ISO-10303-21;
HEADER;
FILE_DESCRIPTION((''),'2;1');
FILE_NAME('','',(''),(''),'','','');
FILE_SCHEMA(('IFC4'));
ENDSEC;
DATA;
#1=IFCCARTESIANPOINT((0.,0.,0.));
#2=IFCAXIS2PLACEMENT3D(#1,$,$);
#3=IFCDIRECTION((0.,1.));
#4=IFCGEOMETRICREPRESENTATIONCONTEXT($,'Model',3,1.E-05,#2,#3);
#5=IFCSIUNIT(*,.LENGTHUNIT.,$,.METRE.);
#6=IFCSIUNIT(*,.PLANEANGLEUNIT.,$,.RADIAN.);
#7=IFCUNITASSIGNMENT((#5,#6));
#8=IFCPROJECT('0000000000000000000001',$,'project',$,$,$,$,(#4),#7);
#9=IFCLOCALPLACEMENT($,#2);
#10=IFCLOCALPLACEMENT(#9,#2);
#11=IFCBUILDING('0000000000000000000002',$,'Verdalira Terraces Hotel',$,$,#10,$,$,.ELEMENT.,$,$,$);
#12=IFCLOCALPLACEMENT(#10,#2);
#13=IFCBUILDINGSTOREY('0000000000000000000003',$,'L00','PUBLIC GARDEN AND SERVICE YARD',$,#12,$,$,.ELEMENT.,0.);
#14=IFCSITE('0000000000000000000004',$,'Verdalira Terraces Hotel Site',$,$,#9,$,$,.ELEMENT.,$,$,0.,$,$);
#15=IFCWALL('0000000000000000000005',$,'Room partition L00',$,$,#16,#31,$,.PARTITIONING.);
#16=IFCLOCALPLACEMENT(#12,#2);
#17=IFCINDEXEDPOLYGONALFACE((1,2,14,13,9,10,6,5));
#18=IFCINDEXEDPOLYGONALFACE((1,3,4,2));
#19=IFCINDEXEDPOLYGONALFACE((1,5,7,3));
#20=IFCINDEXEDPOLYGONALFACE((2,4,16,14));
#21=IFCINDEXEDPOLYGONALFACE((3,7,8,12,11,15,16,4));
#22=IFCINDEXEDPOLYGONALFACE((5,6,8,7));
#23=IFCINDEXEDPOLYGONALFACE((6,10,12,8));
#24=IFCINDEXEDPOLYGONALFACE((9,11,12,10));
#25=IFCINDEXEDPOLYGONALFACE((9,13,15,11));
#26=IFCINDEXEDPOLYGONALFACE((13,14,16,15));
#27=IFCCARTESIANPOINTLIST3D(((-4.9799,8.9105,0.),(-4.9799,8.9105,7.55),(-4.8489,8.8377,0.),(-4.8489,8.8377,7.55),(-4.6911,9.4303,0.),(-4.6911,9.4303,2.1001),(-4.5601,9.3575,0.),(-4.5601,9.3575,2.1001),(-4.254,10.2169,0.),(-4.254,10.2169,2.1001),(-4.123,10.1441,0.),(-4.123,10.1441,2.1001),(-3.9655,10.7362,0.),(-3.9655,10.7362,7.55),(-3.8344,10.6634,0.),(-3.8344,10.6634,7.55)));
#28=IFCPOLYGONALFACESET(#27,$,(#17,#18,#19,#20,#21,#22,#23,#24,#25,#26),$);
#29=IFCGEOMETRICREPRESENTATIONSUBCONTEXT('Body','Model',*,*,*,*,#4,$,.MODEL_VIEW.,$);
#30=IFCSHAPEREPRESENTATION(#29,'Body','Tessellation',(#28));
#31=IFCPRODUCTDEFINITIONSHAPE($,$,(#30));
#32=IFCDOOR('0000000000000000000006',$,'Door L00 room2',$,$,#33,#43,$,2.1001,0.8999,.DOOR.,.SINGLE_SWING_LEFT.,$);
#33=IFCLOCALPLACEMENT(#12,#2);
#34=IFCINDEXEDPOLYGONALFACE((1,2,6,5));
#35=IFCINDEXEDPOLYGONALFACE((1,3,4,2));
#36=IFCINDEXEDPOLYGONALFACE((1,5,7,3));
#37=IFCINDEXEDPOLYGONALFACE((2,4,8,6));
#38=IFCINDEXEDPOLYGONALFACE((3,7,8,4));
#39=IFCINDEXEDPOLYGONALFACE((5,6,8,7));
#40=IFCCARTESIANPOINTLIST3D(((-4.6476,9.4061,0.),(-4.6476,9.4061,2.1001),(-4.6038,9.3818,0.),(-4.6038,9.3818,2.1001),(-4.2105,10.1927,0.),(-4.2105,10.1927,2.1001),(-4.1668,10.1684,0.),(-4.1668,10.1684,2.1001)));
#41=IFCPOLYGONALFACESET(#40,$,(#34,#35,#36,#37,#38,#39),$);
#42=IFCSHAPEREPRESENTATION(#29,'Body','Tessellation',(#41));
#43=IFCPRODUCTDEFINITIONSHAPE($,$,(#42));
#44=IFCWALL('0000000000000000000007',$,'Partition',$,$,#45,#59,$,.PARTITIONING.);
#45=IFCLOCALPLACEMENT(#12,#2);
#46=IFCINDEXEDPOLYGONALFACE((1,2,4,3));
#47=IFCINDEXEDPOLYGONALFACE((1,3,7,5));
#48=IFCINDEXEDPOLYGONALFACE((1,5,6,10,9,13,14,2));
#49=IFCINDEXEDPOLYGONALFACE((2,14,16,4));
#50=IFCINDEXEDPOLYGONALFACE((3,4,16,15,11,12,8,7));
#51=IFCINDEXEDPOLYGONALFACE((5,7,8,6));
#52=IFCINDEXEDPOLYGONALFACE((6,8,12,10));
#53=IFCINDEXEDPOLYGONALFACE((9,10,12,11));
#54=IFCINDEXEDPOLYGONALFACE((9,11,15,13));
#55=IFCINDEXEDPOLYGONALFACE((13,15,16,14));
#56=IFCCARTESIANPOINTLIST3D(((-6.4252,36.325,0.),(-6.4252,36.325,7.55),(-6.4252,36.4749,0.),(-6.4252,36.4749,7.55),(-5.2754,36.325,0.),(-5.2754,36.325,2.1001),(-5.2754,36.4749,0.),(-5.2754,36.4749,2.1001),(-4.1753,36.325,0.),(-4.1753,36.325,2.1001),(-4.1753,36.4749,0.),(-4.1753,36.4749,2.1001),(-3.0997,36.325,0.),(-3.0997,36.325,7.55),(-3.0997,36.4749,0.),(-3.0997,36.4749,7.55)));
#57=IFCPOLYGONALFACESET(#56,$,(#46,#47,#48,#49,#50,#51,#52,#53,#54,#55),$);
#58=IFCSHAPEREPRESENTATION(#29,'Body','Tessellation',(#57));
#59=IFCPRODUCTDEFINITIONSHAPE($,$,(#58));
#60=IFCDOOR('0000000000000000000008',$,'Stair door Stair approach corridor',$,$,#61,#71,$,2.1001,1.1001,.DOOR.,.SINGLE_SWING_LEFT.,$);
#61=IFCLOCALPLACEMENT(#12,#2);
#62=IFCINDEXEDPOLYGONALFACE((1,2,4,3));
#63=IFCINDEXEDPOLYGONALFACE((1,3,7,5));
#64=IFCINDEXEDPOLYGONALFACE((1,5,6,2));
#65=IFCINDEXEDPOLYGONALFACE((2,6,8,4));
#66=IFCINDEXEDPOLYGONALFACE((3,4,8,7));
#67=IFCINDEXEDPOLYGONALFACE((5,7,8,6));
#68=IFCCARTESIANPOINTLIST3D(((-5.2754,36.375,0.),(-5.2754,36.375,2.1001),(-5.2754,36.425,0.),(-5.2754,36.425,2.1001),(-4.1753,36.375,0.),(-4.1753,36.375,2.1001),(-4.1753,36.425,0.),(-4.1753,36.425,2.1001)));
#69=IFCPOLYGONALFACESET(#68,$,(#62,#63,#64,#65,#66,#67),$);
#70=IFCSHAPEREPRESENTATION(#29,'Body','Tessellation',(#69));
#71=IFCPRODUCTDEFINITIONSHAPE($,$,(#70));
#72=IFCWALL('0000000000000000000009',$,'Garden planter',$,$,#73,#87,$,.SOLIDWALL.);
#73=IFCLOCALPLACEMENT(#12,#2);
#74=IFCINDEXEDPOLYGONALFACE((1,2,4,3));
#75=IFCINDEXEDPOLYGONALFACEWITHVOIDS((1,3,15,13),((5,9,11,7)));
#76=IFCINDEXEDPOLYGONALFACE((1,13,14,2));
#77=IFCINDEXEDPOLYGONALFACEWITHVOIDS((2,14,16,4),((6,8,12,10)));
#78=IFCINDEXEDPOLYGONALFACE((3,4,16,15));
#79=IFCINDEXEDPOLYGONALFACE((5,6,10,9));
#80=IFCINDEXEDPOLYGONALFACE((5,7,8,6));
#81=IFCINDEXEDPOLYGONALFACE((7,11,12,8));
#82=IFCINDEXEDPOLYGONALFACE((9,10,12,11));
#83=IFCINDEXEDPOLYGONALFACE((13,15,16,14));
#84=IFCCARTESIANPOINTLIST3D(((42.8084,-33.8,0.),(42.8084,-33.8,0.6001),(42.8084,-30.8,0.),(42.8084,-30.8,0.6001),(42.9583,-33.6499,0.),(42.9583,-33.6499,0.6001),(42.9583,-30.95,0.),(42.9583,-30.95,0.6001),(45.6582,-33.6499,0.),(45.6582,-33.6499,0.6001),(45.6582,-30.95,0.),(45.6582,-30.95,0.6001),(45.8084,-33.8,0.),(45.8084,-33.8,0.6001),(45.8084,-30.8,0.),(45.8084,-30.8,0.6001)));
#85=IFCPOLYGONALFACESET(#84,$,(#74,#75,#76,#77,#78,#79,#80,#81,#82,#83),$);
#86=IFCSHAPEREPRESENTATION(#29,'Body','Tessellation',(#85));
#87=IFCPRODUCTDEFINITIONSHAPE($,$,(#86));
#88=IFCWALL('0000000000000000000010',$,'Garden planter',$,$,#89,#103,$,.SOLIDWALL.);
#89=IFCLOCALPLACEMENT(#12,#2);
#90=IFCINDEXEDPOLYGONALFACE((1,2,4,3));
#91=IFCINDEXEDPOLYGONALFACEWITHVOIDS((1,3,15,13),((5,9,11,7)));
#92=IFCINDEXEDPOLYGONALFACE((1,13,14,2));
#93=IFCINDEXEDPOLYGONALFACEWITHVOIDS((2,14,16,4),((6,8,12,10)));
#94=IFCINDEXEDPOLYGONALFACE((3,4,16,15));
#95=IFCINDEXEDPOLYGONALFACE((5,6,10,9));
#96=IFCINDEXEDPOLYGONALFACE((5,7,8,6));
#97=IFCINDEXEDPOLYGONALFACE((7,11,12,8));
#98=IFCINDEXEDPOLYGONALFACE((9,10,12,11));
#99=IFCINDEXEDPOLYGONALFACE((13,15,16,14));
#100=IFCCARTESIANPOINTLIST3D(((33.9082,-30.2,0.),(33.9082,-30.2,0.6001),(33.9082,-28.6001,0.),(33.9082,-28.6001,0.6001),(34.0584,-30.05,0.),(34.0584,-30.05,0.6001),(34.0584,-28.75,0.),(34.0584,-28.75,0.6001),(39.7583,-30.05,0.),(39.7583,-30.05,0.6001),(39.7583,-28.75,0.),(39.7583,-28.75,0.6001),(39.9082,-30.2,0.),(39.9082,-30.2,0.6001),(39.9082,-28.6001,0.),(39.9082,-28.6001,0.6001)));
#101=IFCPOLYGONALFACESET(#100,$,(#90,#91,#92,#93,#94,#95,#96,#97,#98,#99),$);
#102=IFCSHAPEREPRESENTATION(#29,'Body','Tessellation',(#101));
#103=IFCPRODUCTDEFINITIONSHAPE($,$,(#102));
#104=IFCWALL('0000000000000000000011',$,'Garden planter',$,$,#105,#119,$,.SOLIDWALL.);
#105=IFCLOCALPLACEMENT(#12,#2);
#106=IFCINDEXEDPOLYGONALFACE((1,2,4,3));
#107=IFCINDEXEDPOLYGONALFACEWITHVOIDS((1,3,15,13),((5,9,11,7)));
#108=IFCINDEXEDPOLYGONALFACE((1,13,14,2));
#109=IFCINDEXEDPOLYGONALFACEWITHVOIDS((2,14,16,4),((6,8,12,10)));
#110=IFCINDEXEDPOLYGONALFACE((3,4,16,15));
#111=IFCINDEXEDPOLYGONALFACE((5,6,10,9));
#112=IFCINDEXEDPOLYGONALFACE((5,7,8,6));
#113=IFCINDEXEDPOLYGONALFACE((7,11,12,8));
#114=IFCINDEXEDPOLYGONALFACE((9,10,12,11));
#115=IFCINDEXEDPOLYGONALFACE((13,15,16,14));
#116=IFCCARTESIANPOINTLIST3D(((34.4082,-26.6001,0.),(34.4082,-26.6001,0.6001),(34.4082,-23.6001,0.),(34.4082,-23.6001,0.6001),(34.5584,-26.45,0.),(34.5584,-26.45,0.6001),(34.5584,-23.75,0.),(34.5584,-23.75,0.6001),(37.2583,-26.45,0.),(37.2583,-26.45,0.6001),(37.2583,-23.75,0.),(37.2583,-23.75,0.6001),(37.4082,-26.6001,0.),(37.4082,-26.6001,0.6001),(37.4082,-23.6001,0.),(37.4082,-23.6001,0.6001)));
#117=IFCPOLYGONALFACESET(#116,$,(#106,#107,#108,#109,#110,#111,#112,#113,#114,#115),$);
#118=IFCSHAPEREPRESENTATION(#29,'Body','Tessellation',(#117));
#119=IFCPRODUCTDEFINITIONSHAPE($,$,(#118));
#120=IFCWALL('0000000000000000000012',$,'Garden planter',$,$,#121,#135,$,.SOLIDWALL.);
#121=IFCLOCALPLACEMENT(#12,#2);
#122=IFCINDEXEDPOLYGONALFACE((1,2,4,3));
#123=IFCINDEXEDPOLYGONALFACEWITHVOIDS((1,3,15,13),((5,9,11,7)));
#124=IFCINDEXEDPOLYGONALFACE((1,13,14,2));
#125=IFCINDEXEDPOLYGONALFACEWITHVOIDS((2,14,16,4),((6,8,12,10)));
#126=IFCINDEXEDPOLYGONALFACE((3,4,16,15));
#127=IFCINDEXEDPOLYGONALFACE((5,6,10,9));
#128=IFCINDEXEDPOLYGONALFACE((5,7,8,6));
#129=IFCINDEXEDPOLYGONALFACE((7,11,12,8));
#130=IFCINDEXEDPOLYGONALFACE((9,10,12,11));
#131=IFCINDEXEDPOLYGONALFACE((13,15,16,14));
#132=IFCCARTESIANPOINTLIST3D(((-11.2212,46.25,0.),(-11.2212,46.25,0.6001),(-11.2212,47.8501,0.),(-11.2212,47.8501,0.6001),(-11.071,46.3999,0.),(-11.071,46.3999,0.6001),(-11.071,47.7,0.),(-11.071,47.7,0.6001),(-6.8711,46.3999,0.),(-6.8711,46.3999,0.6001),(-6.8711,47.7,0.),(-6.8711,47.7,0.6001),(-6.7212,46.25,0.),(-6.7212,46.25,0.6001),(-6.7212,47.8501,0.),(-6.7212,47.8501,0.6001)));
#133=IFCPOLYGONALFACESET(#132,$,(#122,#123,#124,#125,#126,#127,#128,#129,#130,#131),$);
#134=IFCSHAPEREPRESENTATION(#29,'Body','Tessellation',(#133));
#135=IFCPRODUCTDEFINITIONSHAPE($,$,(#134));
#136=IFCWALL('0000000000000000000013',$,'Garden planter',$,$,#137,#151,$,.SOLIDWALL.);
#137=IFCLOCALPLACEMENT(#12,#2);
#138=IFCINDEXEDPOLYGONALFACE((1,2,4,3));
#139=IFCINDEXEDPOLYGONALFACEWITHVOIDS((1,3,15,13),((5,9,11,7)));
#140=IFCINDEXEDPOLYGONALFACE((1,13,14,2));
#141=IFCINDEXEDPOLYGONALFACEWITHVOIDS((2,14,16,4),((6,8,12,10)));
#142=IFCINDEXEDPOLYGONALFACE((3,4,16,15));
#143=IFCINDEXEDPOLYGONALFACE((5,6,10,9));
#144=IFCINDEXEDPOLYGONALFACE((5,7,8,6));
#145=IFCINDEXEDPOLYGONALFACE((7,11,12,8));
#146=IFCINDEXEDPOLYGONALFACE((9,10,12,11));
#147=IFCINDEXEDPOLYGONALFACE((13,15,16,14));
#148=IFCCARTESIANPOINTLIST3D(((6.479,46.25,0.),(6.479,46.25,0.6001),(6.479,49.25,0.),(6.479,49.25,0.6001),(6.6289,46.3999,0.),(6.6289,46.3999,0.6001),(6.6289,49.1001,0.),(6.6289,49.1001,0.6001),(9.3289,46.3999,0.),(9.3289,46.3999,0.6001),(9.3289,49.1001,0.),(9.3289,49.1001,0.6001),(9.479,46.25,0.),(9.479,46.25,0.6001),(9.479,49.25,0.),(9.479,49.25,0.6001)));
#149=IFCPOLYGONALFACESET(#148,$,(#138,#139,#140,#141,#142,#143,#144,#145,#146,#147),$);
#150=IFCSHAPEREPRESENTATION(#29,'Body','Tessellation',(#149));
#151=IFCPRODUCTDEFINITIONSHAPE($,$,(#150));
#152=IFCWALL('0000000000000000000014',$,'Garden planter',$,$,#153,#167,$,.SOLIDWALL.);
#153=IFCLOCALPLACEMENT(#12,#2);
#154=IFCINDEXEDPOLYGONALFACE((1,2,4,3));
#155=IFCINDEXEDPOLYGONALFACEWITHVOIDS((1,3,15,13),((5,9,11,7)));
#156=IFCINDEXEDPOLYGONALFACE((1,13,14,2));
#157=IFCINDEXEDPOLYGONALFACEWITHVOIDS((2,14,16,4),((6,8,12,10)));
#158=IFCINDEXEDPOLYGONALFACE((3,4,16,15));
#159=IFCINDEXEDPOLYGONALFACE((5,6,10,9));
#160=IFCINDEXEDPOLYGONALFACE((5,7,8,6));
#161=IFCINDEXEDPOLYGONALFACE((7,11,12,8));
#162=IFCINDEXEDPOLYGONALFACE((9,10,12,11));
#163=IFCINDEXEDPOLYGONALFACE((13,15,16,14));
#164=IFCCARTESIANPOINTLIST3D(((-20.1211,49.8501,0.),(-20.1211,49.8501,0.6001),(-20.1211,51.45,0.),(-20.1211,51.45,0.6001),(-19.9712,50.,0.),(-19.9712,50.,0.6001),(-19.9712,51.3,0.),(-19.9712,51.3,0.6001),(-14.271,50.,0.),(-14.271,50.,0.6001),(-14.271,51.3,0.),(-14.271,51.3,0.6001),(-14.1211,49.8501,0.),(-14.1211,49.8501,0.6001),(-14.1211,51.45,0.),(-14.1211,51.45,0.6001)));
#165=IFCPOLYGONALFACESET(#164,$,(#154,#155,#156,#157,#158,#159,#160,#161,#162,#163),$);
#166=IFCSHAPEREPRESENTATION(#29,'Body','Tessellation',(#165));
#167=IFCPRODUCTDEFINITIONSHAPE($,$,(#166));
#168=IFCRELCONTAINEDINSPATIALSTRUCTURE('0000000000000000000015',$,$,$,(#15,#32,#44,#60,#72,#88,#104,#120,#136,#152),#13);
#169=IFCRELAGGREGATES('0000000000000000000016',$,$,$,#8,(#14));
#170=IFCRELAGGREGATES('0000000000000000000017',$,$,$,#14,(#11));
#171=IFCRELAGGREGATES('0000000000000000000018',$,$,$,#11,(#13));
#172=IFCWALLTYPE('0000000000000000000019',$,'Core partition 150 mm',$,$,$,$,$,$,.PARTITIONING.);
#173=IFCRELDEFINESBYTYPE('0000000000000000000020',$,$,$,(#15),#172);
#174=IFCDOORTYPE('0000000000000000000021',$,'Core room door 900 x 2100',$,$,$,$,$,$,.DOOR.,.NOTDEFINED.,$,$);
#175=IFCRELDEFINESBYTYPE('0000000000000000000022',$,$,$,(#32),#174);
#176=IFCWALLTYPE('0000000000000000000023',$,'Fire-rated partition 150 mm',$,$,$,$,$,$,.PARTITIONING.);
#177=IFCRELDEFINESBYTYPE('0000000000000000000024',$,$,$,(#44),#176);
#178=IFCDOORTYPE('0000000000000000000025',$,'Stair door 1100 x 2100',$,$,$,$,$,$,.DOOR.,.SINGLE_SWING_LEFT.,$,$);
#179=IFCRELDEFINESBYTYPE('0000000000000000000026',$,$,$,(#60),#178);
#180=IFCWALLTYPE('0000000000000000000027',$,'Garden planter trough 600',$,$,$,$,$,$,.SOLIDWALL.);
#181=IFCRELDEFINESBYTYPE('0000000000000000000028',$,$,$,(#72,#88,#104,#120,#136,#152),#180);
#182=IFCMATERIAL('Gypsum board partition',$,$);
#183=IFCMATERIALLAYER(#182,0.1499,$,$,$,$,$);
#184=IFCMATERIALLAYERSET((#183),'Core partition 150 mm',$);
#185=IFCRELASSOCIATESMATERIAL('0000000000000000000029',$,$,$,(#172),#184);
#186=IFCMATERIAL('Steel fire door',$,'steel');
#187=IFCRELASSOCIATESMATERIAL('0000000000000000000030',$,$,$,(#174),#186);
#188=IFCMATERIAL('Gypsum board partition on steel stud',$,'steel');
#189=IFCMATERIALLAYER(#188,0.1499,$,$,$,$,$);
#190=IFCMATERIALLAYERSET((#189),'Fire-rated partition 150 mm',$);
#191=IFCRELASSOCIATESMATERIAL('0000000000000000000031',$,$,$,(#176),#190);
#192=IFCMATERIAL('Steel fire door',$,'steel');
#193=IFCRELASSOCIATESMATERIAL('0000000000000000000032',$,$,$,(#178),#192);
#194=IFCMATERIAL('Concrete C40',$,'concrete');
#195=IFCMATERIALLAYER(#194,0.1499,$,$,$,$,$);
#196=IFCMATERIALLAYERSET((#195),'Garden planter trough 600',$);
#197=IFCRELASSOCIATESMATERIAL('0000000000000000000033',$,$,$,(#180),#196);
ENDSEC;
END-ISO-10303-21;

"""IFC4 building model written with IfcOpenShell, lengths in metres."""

from ifc_helpers import new_model, si_unit, direction, frame, frame_2d, origin, place, context, subcontext, project, spatial, polyline, rectangle, outline, extrude, material, layer, layer_set, type_object, element, fill, save


model = new_model("IFC4")

# Units and contexts
model_context = context("Model", 3, precision=1e-05, world=origin(), true_north=direction((0.0, 1.0)))
body_context = subcontext(model_context, "Body", "Model", "MODEL_VIEW")
ifc_project = project(units=[si_unit("LENGTHUNIT", "METRE"), si_unit("PLANEANGLEUNIT", "RADIAN")], contexts=[model_context])

# Site, building, storey
site_placement = place(None, origin())
site = spatial("IfcSite", under=ifc_project, at=site_placement, Name="Verdalira Terraces Hotel Site", CompositionType="ELEMENT", RefElevation=0.0)
building_placement = place(site_placement, origin())
building = spatial("IfcBuilding", under=site, at=building_placement, Name="Verdalira Terraces Hotel", CompositionType="ELEMENT")
storey_placement = place(building_placement, origin())
storey = spatial("IfcBuildingStorey", under=building, at=storey_placement, Name="L00", Description="PUBLIC GARDEN AND SERVICE YARD", CompositionType="ELEMENT", Elevation=0.0)

# Walls, openings, doors
ifc_material_1 = material(Name="Gypsum board partition")
ifc_layer_1 = layer(ifc_material_1, 0.1499)
ifc_layer_set_1 = layer_set([ifc_layer_1], Name="Core partition 150 mm")
wall_type_1 = type_object("IfcWallType", Name="Core partition 150 mm", PredefinedType="PARTITIONING", material=ifc_layer_set_1)
wall_1_placement = place(storey_placement, frame((-3.8999, 10.7, 0.0), z_axis=(0.0, 0.0, 1.0), x_axis=(-0.485693, -0.87413, 0.0)))
wall_1 = element("IfcWall", 1, at=wall_1_placement, inside=storey, type_object=wall_type_1, Name="Room partition L00", PredefinedType="PARTITIONING", context=body_context, shape_type="SweptSolid", body=[
    extrude(rectangle(XDim=2.0886, YDim=0.1499, at=frame_2d((1.0444, 0.0))), origin(), (0.0, 0.0, 1.0), 7.55),
])
opening_1_placement = place(wall_1_placement, frame((0.5942, 0.0, 0.0)))
opening_1 = element("IfcOpeningElement", 2, at=opening_1_placement, cuts=wall_1, PredefinedType="OPENING", context=body_context, shape_type="SweptSolid", body=[
    extrude(rectangle(XDim=0.8999, YDim=2.1001, at=frame_2d((0.45, 1.05))), frame((0.0, 0.085, 0.0), z_axis=(0.0, -1.0, 0.0), x_axis=(1.0, 0.0, 0.0)), (0.0, 0.0, 1.0), 0.1699),
])
ifc_material_2 = material(Name="Steel fire door", Category="steel")
door_type_1 = type_object("IfcDoorType", Name="Core room door 900 x 2100", OperationType="NOTDEFINED", PredefinedType="DOOR", material=ifc_material_2)
door_1_placement = place(opening_1_placement, origin())
door_1 = element("IfcDoor", 3, at=door_1_placement, inside=storey, type_object=door_type_1, Name="Door L00 room2", OperationType="SINGLE_SWING_LEFT", OverallHeight=2.1001, OverallWidth=0.8999, PredefinedType="DOOR", context=body_context, shape_type="SweptSolid", body=[
    extrude(rectangle(XDim=0.8999, YDim=2.1001, at=frame_2d((0.45, 1.05))), frame((0.0, 0.0249, 0.0), z_axis=(0.0, -1.0, 0.0), x_axis=(1.0, 0.0, 0.0)), (0.0, 0.0, 1.0), 0.05),
])
fill(opening_1, door_1)
ifc_material_3 = material(Name="Gypsum board partition on steel stud", Category="steel")
ifc_layer_2 = layer(ifc_material_3, 0.1499)
ifc_layer_set_2 = layer_set([ifc_layer_2], Name="Fire-rated partition 150 mm")
wall_type_2 = type_object("IfcWallType", Name="Fire-rated partition 150 mm", PredefinedType="PARTITIONING", material=ifc_layer_set_2)
wall_2_placement = place(storey_placement, frame((-3.0999, 36.3999, 0.0), z_axis=(0.0, 0.0, 1.0), x_axis=(-1.0, 0.0, 0.0)))
wall_2 = element("IfcWall", 4, at=wall_2_placement, inside=storey, type_object=wall_type_2, Name="Partition", PredefinedType="PARTITIONING", context=body_context, shape_type="SweptSolid", body=[
    extrude(rectangle(XDim=3.3254, YDim=0.1499, at=frame_2d((1.6626, 0.0))), origin(), (0.0, 0.0, 1.0), 7.55),
])
opening_2_placement = place(wall_2_placement, frame((1.0754, 0.0, 0.0)))
opening_2 = element("IfcOpeningElement", 5, at=opening_2_placement, cuts=wall_2, PredefinedType="OPENING", context=body_context, shape_type="SweptSolid", body=[
    extrude(rectangle(XDim=1.1001, YDim=2.1001, at=frame_2d((0.55, 1.05))), frame((0.0, 0.085, 0.0), z_axis=(0.0, -1.0, 0.0), x_axis=(1.0, 0.0, 0.0)), (0.0, 0.0, 1.0), 0.1699),
])
ifc_material_4 = material(Name="Steel fire door", Category="steel")
door_type_2 = type_object("IfcDoorType", Name="Stair door 1100 x 2100", OperationType="SINGLE_SWING_LEFT", PredefinedType="DOOR", material=ifc_material_4)
door_2_placement = place(opening_2_placement, origin())
door_2 = element("IfcDoor", 6, at=door_2_placement, inside=storey, type_object=door_type_2, Name="Stair door Stair approach corridor", OperationType="SINGLE_SWING_LEFT", OverallHeight=2.1001, OverallWidth=1.1001, PredefinedType="DOOR", context=body_context, shape_type="SweptSolid", body=[
    extrude(rectangle(XDim=1.1001, YDim=2.1001, at=frame_2d((0.55, 1.05))), frame((0.0, 0.0249, 0.0), z_axis=(0.0, -1.0, 0.0), x_axis=(1.0, 0.0, 0.0)), (0.0, 0.0, 1.0), 0.05),
])
fill(opening_2, door_2)

# Walls
ifc_material_5 = material(Name="Concrete C40", Category="concrete")
ifc_layer_3 = layer(ifc_material_5, 0.1499)
ifc_layer_set_3 = layer_set([ifc_layer_3], Name="Garden planter trough 600")
wall_type_3 = type_object("IfcWallType", Name="Garden planter trough 600", PredefinedType="SOLIDWALL", material=ifc_layer_set_3)
wall_3_placement = place(storey_placement, origin())
element("IfcWall", 7, at=wall_3_placement, inside=storey, type_object=wall_type_3, Name="Garden planter", PredefinedType="SOLIDWALL", context=body_context, shape_type="SweptSolid", body=[
    extrude(outline(polyline([(42.8083, -33.8), (45.8083, -33.8), (45.8083, -30.8), (42.8083, -30.8), (42.8083, -33.8)]), holes=[polyline([(42.9583, -33.6499), (42.9583, -30.95), (45.6582, -30.95), (45.6582, -33.6499), (42.9583, -33.6499)])]), origin(), (0.0, 0.0, 1.0), 0.6001),
])
wall_4_placement = place(storey_placement, origin())
element("IfcWall", 8, at=wall_4_placement, inside=storey, type_object=wall_type_3, Name="Garden planter", PredefinedType="SOLIDWALL", context=body_context, shape_type="SweptSolid", body=[
    extrude(outline(polyline([(33.9082, -30.2), (39.9082, -30.2), (39.9082, -28.6001), (33.9082, -28.6001), (33.9082, -30.2)]), holes=[polyline([(34.0583, -30.05), (34.0583, -28.75), (39.7583, -28.75), (39.7583, -30.05), (34.0583, -30.05)])]), origin(), (0.0, 0.0, 1.0), 0.6001),
])
wall_5_placement = place(storey_placement, origin())
element("IfcWall", 9, at=wall_5_placement, inside=storey, type_object=wall_type_3, Name="Garden planter", PredefinedType="SOLIDWALL", context=body_context, shape_type="SweptSolid", body=[
    extrude(outline(polyline([(34.4082, -26.6001), (37.4082, -26.6001), (37.4082, -23.6001), (34.4082, -23.6001), (34.4082, -26.6001)]), holes=[polyline([(34.5583, -26.45), (34.5583, -23.75), (37.2583, -23.75), (37.2583, -26.45), (34.5583, -26.45)])]), origin(), (0.0, 0.0, 1.0), 0.6001),
])
wall_6_placement = place(storey_placement, origin())
element("IfcWall", 10, at=wall_6_placement, inside=storey, type_object=wall_type_3, Name="Garden planter", PredefinedType="SOLIDWALL", context=body_context, shape_type="SweptSolid", body=[
    extrude(outline(polyline([(-11.2212, 46.25), (-6.7212, 46.25), (-6.7212, 47.8501), (-11.2212, 47.8501), (-11.2212, 46.25)]), holes=[polyline([(-11.071, 46.3999), (-11.071, 47.7), (-6.8711, 47.7), (-6.8711, 46.3999), (-11.071, 46.3999)])]), origin(), (0.0, 0.0, 1.0), 0.6001),
])
wall_7_placement = place(storey_placement, origin())
element("IfcWall", 11, at=wall_7_placement, inside=storey, type_object=wall_type_3, Name="Garden planter", PredefinedType="SOLIDWALL", context=body_context, shape_type="SweptSolid", body=[
    extrude(outline(polyline([(6.479, 46.25), (9.479, 46.25), (9.479, 49.25), (6.479, 49.25), (6.479, 46.25)]), holes=[polyline([(6.6289, 46.3999), (6.6289, 49.1001), (9.3289, 49.1001), (9.3289, 46.3999), (6.6289, 46.3999)])]), origin(), (0.0, 0.0, 1.0), 0.6001),
])
wall_8_placement = place(storey_placement, origin())
element("IfcWall", 12, at=wall_8_placement, inside=storey, type_object=wall_type_3, Name="Garden planter", PredefinedType="SOLIDWALL", context=body_context, shape_type="SweptSolid", body=[
    extrude(outline(polyline([(-20.1211, 49.8501), (-14.1211, 49.8501), (-14.1211, 51.45), (-20.1211, 51.45), (-20.1211, 49.8501)]), holes=[polyline([(-19.9712, 50.0), (-19.9712, 51.3), (-14.271, 51.3), (-14.271, 50.0), (-19.9712, 50.0)])]), origin(), (0.0, 0.0, 1.0), 0.6001),
])

save(model, "model.ifc")
